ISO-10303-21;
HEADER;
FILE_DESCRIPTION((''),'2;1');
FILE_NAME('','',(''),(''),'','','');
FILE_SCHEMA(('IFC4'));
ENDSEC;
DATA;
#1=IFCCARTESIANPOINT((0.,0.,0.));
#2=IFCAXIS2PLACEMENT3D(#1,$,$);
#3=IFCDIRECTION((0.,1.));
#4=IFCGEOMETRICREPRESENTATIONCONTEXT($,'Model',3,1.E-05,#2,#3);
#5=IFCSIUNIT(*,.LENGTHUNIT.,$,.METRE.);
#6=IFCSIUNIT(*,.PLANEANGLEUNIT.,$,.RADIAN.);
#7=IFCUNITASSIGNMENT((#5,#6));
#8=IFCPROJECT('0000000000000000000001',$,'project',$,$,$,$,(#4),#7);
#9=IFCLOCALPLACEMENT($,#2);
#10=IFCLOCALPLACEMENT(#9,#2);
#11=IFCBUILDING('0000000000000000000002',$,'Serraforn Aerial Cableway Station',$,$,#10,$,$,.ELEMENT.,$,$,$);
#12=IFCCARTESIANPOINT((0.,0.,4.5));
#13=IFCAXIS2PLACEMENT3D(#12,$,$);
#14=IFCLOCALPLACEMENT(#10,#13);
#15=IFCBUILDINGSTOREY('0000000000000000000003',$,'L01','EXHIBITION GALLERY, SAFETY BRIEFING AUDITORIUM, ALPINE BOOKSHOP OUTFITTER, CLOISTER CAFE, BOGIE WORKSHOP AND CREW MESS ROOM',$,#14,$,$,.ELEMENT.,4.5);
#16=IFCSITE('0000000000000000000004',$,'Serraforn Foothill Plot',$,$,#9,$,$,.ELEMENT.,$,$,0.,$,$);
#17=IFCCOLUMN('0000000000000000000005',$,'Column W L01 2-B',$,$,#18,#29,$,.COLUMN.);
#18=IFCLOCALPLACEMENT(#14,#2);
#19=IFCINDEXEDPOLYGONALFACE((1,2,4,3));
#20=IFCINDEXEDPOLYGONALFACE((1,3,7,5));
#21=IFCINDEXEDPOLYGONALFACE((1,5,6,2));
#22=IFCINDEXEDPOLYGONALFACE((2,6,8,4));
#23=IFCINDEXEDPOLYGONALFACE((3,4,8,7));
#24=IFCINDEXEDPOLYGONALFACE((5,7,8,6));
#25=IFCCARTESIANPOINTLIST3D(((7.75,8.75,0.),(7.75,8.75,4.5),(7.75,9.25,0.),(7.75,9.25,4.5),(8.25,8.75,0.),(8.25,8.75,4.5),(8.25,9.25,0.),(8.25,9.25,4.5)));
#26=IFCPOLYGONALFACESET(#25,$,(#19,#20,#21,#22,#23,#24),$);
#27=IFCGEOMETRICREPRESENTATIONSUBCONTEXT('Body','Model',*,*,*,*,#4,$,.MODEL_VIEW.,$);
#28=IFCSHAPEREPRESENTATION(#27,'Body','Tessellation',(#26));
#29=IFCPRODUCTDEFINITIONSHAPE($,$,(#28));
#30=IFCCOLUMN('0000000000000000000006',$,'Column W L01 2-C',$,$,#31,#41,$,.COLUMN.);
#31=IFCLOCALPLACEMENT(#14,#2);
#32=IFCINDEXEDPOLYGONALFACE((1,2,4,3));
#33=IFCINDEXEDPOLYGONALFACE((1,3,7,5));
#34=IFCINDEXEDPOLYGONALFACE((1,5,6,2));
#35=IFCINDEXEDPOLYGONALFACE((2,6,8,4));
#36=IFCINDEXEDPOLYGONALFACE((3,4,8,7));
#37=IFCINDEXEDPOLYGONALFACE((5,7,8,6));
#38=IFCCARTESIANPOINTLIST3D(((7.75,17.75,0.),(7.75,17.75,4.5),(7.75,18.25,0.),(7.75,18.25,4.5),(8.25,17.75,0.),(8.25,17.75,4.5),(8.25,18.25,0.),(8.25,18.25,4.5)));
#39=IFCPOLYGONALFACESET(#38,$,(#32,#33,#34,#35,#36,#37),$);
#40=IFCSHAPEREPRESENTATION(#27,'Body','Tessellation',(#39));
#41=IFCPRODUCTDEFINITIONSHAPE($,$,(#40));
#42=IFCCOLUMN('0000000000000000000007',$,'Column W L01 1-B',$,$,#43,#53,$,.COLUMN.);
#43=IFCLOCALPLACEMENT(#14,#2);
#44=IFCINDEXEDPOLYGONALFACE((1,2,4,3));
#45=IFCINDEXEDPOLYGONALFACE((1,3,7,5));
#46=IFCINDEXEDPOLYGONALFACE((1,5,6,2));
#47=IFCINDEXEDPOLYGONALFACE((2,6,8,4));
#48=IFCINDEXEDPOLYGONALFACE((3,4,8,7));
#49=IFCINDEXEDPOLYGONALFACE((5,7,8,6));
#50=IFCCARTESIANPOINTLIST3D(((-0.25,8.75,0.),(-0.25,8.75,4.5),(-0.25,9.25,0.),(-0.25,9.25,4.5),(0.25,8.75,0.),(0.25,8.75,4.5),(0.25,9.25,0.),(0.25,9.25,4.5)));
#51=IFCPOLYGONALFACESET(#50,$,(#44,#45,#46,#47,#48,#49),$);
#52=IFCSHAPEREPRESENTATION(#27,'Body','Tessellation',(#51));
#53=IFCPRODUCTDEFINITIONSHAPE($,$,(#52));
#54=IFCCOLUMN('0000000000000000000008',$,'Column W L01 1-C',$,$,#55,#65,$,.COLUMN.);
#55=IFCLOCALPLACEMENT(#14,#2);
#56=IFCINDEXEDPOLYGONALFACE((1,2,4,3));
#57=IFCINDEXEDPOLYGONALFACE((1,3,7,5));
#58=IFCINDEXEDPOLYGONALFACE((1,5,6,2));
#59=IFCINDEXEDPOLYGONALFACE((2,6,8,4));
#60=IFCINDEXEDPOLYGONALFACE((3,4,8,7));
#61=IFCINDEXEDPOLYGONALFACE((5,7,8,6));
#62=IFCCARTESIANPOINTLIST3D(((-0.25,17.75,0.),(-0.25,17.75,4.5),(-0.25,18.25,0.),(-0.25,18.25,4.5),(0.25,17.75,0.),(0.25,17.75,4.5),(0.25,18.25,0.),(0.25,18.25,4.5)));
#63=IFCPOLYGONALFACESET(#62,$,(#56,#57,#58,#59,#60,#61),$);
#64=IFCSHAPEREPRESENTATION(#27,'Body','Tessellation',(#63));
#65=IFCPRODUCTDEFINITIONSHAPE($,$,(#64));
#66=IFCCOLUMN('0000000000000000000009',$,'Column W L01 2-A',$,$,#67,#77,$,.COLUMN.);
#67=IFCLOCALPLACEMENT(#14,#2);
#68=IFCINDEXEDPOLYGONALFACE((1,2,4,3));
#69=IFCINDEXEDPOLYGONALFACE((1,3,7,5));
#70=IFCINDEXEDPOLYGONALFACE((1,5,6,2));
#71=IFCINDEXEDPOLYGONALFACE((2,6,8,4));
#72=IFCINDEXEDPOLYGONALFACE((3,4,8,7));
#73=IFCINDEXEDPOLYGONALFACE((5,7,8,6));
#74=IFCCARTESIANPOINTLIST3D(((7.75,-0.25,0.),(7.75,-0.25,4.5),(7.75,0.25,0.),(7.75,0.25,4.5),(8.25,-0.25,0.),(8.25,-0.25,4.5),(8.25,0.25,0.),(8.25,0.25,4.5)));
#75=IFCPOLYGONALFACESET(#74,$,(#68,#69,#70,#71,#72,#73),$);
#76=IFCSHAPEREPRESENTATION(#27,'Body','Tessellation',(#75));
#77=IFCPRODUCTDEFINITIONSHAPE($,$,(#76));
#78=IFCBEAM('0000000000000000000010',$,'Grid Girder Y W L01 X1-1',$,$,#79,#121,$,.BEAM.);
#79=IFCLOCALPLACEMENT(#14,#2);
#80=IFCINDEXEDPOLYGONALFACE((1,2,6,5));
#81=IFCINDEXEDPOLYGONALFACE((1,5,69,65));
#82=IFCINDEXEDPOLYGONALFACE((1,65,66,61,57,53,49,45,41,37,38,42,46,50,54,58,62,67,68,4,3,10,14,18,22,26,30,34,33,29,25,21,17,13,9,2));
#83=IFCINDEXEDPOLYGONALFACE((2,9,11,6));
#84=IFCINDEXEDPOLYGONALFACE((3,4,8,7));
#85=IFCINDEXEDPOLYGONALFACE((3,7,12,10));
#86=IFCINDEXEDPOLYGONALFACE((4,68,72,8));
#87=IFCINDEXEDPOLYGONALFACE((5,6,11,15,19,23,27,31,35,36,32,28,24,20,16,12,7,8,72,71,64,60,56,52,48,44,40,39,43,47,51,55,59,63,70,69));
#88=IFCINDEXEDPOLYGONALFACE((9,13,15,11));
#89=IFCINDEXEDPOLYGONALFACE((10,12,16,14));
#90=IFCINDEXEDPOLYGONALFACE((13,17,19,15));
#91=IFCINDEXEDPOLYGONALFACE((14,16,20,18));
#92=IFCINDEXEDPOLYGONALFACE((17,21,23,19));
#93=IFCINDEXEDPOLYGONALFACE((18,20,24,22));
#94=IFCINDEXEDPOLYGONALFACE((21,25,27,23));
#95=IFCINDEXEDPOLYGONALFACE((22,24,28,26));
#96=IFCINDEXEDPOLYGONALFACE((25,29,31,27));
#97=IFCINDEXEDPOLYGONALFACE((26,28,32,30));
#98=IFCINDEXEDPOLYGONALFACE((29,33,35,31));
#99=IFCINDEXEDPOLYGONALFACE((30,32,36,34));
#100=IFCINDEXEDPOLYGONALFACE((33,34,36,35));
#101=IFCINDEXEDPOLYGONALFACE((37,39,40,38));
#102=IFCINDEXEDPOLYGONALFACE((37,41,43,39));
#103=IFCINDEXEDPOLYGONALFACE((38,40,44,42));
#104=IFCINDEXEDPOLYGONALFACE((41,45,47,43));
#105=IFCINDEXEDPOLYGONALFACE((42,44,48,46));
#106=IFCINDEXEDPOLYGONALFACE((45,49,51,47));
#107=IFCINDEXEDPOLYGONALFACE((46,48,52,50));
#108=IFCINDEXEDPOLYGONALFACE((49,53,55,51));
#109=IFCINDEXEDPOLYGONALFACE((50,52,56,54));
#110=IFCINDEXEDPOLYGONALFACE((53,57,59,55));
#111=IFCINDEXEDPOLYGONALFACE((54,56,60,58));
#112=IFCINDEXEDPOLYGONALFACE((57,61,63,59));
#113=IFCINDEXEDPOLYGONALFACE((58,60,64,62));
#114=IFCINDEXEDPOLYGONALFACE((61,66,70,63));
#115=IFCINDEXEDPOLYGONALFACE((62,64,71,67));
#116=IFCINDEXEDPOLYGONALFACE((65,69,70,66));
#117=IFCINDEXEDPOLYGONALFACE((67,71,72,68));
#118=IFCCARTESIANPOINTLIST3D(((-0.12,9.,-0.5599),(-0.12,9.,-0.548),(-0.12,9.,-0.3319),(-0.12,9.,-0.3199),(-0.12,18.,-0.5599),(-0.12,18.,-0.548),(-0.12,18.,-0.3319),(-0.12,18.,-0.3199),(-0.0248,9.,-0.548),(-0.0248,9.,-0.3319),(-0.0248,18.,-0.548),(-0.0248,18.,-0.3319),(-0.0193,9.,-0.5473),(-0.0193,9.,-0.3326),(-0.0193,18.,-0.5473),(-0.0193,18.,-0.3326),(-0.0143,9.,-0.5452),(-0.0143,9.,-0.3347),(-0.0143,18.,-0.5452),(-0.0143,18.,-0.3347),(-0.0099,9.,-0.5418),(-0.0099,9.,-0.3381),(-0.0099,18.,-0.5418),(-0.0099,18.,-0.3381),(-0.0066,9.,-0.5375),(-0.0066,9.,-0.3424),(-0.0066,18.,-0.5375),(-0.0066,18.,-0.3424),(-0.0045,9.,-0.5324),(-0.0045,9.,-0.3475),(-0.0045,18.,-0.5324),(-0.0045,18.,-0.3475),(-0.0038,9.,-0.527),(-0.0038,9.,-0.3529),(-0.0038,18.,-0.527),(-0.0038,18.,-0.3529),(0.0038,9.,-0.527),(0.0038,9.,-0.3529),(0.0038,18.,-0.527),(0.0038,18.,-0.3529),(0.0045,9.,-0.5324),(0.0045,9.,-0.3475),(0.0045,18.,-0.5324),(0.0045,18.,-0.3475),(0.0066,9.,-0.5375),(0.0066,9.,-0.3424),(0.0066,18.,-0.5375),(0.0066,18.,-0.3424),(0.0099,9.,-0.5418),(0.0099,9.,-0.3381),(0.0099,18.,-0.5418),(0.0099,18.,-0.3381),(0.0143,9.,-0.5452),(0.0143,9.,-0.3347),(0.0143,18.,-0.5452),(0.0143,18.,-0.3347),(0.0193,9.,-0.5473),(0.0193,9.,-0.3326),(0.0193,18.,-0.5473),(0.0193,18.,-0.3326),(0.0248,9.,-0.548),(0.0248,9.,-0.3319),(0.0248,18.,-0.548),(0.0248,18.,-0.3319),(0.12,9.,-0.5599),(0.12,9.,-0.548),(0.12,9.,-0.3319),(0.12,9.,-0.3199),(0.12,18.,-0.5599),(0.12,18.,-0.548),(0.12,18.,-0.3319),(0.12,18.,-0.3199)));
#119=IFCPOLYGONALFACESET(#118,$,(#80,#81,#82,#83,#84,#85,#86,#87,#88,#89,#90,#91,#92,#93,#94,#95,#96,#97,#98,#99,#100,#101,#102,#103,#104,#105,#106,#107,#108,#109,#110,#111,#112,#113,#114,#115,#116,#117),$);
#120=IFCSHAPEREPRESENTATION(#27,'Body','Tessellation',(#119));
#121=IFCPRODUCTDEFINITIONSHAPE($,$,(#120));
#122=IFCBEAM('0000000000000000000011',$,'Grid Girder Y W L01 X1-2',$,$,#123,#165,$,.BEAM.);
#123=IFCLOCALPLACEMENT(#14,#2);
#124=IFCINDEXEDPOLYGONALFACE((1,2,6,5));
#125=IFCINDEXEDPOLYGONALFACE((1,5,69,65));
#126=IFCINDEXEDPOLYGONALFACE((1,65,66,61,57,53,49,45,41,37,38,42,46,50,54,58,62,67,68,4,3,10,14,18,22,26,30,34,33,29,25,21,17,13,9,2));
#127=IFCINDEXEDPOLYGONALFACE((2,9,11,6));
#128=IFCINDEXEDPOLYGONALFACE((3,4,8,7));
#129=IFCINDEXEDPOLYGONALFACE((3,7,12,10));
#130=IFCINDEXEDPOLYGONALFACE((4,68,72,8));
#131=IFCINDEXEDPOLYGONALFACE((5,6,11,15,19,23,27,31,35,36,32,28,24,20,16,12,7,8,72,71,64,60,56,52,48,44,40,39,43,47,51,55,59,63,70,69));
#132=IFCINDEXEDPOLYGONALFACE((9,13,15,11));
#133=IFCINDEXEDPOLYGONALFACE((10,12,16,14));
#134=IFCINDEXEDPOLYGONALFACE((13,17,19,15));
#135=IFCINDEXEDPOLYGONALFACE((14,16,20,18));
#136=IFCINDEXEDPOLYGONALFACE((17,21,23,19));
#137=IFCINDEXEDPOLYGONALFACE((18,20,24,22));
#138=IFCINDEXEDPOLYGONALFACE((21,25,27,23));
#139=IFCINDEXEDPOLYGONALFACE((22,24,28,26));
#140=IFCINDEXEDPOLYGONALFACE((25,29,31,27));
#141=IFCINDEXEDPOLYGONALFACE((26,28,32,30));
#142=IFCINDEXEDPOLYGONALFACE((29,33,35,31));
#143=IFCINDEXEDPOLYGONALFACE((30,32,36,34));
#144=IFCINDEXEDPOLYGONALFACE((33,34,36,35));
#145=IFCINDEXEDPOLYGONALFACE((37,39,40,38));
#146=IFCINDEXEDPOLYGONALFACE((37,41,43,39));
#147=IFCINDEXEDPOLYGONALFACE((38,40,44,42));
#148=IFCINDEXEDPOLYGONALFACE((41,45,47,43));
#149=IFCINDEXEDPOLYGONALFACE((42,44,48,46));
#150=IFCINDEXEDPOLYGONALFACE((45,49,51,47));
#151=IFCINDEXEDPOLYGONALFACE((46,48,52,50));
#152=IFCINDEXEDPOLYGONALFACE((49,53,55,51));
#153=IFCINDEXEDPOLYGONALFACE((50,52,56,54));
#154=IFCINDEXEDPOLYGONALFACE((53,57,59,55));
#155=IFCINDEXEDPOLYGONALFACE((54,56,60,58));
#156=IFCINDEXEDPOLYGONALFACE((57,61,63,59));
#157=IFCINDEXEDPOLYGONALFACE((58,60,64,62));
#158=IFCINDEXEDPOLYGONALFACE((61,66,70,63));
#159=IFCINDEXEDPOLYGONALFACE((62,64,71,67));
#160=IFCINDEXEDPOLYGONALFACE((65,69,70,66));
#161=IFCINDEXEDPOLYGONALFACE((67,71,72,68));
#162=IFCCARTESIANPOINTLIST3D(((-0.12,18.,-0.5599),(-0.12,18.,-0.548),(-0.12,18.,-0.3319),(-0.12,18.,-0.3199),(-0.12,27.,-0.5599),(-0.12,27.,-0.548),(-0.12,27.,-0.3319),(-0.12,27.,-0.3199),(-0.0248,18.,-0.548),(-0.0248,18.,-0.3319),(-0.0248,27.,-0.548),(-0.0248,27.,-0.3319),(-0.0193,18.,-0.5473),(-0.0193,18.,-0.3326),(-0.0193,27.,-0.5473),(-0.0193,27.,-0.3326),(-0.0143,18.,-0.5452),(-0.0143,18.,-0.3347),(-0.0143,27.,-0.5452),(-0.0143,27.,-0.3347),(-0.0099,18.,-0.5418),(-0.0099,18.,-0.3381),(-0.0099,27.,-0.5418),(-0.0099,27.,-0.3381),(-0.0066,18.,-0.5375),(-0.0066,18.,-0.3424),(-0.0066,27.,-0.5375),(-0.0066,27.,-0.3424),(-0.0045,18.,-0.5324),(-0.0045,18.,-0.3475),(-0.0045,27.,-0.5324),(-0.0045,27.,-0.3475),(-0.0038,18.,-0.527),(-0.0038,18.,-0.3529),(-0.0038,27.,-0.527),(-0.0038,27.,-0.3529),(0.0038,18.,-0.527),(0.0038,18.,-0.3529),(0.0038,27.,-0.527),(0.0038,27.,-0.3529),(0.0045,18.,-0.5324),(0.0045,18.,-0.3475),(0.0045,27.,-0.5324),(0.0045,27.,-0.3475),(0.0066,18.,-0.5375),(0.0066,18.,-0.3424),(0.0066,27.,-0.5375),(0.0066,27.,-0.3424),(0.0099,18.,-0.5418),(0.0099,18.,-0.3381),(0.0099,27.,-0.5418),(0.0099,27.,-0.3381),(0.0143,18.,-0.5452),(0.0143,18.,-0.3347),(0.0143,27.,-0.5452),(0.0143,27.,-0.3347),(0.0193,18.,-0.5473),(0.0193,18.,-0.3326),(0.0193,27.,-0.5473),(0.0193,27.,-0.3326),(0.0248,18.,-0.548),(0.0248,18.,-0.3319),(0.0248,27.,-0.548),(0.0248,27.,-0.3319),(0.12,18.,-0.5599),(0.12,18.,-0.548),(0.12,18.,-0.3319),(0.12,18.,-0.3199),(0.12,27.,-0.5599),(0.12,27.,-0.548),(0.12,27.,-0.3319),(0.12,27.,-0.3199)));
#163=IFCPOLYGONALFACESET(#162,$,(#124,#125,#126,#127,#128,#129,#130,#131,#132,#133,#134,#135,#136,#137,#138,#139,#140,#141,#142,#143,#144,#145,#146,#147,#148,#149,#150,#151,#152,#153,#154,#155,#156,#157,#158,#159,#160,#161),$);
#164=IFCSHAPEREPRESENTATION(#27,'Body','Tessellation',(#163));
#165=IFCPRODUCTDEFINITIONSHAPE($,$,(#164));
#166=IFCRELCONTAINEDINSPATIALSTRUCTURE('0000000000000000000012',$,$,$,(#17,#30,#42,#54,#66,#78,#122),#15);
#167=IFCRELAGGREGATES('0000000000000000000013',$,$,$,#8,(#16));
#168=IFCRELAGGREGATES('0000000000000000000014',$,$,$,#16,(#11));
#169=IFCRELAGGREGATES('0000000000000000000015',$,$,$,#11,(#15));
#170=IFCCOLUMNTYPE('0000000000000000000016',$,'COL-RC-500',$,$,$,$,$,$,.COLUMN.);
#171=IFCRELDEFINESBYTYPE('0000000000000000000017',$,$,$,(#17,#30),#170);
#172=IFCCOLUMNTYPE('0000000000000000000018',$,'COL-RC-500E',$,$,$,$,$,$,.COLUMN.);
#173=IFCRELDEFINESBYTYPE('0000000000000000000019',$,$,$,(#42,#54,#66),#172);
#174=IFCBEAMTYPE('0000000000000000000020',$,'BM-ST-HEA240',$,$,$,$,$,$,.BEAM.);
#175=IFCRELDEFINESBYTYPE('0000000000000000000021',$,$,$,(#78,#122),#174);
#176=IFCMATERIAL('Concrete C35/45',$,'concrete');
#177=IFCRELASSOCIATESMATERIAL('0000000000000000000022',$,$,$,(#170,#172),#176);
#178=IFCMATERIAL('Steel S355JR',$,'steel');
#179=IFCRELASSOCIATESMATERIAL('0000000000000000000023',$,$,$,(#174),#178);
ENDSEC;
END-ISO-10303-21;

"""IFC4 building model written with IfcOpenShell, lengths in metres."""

from ifc_helpers import new_model, si_unit, direction, frame, origin, origin_2d, place, context, subcontext, project, spatial, rectangle, i_section, extrude, material, material_profile, profile_set, type_object, element, save


model = new_model("IFC4")

# Units and contexts
model_context = context("Model", 3, precision=1e-05, world=origin(), true_north=direction((0.0, 1.0)))
body_context = subcontext(model_context, "Body", "Model", "MODEL_VIEW")
ifc_project = project(units=[si_unit("LENGTHUNIT", "METRE"), si_unit("PLANEANGLEUNIT", "RADIAN")], contexts=[model_context])

# Site, building, storey
site_placement = place(None, origin())
site = spatial("IfcSite", under=ifc_project, at=site_placement, Name="Serraforn Foothill Plot", CompositionType="ELEMENT", RefElevation=0.0)
building_placement = place(site_placement, origin())
building = spatial("IfcBuilding", under=site, at=building_placement, Name="Serraforn Aerial Cableway Station", CompositionType="ELEMENT")
storey_placement = place(building_placement, frame((0.0, 0.0, 4.5)))
storey = spatial("IfcBuildingStorey", under=building, at=storey_placement, Name="L01", Description="EXHIBITION GALLERY, SAFETY BRIEFING AUDITORIUM, ALPINE BOOKSHOP OUTFITTER, CLOISTER CAFE, BOGIE WORKSHOP AND CREW MESS ROOM", CompositionType="ELEMENT", Elevation=4.5)

# Columns
ifc_material_1 = material(Name="Concrete C35/45", Category="concrete")
ifc_material_profile_1 = material_profile(ifc_material_1, rectangle(XDim=0.5, YDim=0.5, at=origin_2d()), Name="RC 500x500")
ifc_profile_set_1 = profile_set([ifc_material_profile_1], Name="Concrete C35/45")
column_type_1 = type_object("IfcColumnType", Name="COL-RC-500", PredefinedType="COLUMN", material=ifc_profile_set_1)
for number, where, z_axis, x_axis, name in (
    (1, (8.0, 9.0, 0.0), (0.0, 0.0, 1.0), (1.0, 0.0, 0.0), "Column W L01 2-B"),
    (2, (8.0, 18.0, 0.0), (0.0, 0.0, 1.0), (1.0, 0.0, 0.0), "Column W L01 2-C"),
):
    element("IfcColumn", number, at=place(storey_placement, frame(where, z_axis=z_axis, x_axis=x_axis)), inside=storey, type_object=column_type_1, Name=name, PredefinedType="COLUMN", context=body_context, shape_type="SweptSolid", body=[
        extrude(rectangle(XDim=0.5, YDim=0.5, at=origin_2d()), origin(), (0.0, 0.0, 1.0), 4.5),
    ])
ifc_material_profile_2 = material_profile(ifc_material_1, rectangle(XDim=0.5, YDim=0.5, at=origin_2d()), Name="RC 500x500")
ifc_profile_set_2 = profile_set([ifc_material_profile_2], Name="Concrete C35/45")
column_type_2 = type_object("IfcColumnType", Name="COL-RC-500E", PredefinedType="COLUMN", material=ifc_profile_set_2)
for number, where, z_axis, x_axis, name in (
    (3, (0.0, 9.0, 0.0), (0.0, 0.0, 1.0), (1.0, 0.0, 0.0), "Column W L01 1-B"),
    (4, (0.0, 18.0, 0.0), (0.0, 0.0, 1.0), (1.0, 0.0, 0.0), "Column W L01 1-C"),
    (5, (8.0, 0.0, 0.0), (0.0, 0.0, 1.0), (1.0, 0.0, 0.0), "Column W L01 2-A"),
):
    element("IfcColumn", number, at=place(storey_placement, frame(where, z_axis=z_axis, x_axis=x_axis)), inside=storey, type_object=column_type_2, Name=name, PredefinedType="COLUMN", context=body_context, shape_type="SweptSolid", body=[
        extrude(rectangle(XDim=0.5, YDim=0.5, at=origin_2d()), origin(), (0.0, 0.0, 1.0), 4.5),
    ])

# Beams
ifc_material_2 = material(Name="Steel S355JR", Category="steel")
ifc_material_profile_3 = material_profile(ifc_material_2, i_section(OverallWidth=0.24, OverallDepth=0.24, WebThickness=0.0076, FlangeThickness=0.012, FilletRadius=0.021, at=origin_2d()), Name="HEA 240")
ifc_profile_set_3 = profile_set([ifc_material_profile_3], Name="Steel S355JR")
beam_type_1 = type_object("IfcBeamType", Name="BM-ST-HEA240", PredefinedType="BEAM", material=ifc_profile_set_3)
for number, where, z_axis, x_axis, name in (
    (6, (0.0, 9.0, -0.4399), (0.0, 1.0, 0.0), (-1.0, 0.0, 0.0), "Grid Girder Y W L01 X1-1"),
    (7, (0.0, 18.0, -0.4399), (0.0, 1.0, 0.0), (-1.0, 0.0, 0.0), "Grid Girder Y W L01 X1-2"),
):
    element("IfcBeam", number, at=place(storey_placement, frame(where, z_axis=z_axis, x_axis=x_axis)), inside=storey, type_object=beam_type_1, Name=name, PredefinedType="BEAM", context=body_context, shape_type="SweptSolid", body=[
        extrude(i_section(OverallWidth=0.24, OverallDepth=0.24, WebThickness=0.0076, FlangeThickness=0.012, FilletRadius=0.021, at=origin_2d()), origin(), (0.0, 0.0, 1.0), 9.0),
    ])

save(model, "model.ifc")
